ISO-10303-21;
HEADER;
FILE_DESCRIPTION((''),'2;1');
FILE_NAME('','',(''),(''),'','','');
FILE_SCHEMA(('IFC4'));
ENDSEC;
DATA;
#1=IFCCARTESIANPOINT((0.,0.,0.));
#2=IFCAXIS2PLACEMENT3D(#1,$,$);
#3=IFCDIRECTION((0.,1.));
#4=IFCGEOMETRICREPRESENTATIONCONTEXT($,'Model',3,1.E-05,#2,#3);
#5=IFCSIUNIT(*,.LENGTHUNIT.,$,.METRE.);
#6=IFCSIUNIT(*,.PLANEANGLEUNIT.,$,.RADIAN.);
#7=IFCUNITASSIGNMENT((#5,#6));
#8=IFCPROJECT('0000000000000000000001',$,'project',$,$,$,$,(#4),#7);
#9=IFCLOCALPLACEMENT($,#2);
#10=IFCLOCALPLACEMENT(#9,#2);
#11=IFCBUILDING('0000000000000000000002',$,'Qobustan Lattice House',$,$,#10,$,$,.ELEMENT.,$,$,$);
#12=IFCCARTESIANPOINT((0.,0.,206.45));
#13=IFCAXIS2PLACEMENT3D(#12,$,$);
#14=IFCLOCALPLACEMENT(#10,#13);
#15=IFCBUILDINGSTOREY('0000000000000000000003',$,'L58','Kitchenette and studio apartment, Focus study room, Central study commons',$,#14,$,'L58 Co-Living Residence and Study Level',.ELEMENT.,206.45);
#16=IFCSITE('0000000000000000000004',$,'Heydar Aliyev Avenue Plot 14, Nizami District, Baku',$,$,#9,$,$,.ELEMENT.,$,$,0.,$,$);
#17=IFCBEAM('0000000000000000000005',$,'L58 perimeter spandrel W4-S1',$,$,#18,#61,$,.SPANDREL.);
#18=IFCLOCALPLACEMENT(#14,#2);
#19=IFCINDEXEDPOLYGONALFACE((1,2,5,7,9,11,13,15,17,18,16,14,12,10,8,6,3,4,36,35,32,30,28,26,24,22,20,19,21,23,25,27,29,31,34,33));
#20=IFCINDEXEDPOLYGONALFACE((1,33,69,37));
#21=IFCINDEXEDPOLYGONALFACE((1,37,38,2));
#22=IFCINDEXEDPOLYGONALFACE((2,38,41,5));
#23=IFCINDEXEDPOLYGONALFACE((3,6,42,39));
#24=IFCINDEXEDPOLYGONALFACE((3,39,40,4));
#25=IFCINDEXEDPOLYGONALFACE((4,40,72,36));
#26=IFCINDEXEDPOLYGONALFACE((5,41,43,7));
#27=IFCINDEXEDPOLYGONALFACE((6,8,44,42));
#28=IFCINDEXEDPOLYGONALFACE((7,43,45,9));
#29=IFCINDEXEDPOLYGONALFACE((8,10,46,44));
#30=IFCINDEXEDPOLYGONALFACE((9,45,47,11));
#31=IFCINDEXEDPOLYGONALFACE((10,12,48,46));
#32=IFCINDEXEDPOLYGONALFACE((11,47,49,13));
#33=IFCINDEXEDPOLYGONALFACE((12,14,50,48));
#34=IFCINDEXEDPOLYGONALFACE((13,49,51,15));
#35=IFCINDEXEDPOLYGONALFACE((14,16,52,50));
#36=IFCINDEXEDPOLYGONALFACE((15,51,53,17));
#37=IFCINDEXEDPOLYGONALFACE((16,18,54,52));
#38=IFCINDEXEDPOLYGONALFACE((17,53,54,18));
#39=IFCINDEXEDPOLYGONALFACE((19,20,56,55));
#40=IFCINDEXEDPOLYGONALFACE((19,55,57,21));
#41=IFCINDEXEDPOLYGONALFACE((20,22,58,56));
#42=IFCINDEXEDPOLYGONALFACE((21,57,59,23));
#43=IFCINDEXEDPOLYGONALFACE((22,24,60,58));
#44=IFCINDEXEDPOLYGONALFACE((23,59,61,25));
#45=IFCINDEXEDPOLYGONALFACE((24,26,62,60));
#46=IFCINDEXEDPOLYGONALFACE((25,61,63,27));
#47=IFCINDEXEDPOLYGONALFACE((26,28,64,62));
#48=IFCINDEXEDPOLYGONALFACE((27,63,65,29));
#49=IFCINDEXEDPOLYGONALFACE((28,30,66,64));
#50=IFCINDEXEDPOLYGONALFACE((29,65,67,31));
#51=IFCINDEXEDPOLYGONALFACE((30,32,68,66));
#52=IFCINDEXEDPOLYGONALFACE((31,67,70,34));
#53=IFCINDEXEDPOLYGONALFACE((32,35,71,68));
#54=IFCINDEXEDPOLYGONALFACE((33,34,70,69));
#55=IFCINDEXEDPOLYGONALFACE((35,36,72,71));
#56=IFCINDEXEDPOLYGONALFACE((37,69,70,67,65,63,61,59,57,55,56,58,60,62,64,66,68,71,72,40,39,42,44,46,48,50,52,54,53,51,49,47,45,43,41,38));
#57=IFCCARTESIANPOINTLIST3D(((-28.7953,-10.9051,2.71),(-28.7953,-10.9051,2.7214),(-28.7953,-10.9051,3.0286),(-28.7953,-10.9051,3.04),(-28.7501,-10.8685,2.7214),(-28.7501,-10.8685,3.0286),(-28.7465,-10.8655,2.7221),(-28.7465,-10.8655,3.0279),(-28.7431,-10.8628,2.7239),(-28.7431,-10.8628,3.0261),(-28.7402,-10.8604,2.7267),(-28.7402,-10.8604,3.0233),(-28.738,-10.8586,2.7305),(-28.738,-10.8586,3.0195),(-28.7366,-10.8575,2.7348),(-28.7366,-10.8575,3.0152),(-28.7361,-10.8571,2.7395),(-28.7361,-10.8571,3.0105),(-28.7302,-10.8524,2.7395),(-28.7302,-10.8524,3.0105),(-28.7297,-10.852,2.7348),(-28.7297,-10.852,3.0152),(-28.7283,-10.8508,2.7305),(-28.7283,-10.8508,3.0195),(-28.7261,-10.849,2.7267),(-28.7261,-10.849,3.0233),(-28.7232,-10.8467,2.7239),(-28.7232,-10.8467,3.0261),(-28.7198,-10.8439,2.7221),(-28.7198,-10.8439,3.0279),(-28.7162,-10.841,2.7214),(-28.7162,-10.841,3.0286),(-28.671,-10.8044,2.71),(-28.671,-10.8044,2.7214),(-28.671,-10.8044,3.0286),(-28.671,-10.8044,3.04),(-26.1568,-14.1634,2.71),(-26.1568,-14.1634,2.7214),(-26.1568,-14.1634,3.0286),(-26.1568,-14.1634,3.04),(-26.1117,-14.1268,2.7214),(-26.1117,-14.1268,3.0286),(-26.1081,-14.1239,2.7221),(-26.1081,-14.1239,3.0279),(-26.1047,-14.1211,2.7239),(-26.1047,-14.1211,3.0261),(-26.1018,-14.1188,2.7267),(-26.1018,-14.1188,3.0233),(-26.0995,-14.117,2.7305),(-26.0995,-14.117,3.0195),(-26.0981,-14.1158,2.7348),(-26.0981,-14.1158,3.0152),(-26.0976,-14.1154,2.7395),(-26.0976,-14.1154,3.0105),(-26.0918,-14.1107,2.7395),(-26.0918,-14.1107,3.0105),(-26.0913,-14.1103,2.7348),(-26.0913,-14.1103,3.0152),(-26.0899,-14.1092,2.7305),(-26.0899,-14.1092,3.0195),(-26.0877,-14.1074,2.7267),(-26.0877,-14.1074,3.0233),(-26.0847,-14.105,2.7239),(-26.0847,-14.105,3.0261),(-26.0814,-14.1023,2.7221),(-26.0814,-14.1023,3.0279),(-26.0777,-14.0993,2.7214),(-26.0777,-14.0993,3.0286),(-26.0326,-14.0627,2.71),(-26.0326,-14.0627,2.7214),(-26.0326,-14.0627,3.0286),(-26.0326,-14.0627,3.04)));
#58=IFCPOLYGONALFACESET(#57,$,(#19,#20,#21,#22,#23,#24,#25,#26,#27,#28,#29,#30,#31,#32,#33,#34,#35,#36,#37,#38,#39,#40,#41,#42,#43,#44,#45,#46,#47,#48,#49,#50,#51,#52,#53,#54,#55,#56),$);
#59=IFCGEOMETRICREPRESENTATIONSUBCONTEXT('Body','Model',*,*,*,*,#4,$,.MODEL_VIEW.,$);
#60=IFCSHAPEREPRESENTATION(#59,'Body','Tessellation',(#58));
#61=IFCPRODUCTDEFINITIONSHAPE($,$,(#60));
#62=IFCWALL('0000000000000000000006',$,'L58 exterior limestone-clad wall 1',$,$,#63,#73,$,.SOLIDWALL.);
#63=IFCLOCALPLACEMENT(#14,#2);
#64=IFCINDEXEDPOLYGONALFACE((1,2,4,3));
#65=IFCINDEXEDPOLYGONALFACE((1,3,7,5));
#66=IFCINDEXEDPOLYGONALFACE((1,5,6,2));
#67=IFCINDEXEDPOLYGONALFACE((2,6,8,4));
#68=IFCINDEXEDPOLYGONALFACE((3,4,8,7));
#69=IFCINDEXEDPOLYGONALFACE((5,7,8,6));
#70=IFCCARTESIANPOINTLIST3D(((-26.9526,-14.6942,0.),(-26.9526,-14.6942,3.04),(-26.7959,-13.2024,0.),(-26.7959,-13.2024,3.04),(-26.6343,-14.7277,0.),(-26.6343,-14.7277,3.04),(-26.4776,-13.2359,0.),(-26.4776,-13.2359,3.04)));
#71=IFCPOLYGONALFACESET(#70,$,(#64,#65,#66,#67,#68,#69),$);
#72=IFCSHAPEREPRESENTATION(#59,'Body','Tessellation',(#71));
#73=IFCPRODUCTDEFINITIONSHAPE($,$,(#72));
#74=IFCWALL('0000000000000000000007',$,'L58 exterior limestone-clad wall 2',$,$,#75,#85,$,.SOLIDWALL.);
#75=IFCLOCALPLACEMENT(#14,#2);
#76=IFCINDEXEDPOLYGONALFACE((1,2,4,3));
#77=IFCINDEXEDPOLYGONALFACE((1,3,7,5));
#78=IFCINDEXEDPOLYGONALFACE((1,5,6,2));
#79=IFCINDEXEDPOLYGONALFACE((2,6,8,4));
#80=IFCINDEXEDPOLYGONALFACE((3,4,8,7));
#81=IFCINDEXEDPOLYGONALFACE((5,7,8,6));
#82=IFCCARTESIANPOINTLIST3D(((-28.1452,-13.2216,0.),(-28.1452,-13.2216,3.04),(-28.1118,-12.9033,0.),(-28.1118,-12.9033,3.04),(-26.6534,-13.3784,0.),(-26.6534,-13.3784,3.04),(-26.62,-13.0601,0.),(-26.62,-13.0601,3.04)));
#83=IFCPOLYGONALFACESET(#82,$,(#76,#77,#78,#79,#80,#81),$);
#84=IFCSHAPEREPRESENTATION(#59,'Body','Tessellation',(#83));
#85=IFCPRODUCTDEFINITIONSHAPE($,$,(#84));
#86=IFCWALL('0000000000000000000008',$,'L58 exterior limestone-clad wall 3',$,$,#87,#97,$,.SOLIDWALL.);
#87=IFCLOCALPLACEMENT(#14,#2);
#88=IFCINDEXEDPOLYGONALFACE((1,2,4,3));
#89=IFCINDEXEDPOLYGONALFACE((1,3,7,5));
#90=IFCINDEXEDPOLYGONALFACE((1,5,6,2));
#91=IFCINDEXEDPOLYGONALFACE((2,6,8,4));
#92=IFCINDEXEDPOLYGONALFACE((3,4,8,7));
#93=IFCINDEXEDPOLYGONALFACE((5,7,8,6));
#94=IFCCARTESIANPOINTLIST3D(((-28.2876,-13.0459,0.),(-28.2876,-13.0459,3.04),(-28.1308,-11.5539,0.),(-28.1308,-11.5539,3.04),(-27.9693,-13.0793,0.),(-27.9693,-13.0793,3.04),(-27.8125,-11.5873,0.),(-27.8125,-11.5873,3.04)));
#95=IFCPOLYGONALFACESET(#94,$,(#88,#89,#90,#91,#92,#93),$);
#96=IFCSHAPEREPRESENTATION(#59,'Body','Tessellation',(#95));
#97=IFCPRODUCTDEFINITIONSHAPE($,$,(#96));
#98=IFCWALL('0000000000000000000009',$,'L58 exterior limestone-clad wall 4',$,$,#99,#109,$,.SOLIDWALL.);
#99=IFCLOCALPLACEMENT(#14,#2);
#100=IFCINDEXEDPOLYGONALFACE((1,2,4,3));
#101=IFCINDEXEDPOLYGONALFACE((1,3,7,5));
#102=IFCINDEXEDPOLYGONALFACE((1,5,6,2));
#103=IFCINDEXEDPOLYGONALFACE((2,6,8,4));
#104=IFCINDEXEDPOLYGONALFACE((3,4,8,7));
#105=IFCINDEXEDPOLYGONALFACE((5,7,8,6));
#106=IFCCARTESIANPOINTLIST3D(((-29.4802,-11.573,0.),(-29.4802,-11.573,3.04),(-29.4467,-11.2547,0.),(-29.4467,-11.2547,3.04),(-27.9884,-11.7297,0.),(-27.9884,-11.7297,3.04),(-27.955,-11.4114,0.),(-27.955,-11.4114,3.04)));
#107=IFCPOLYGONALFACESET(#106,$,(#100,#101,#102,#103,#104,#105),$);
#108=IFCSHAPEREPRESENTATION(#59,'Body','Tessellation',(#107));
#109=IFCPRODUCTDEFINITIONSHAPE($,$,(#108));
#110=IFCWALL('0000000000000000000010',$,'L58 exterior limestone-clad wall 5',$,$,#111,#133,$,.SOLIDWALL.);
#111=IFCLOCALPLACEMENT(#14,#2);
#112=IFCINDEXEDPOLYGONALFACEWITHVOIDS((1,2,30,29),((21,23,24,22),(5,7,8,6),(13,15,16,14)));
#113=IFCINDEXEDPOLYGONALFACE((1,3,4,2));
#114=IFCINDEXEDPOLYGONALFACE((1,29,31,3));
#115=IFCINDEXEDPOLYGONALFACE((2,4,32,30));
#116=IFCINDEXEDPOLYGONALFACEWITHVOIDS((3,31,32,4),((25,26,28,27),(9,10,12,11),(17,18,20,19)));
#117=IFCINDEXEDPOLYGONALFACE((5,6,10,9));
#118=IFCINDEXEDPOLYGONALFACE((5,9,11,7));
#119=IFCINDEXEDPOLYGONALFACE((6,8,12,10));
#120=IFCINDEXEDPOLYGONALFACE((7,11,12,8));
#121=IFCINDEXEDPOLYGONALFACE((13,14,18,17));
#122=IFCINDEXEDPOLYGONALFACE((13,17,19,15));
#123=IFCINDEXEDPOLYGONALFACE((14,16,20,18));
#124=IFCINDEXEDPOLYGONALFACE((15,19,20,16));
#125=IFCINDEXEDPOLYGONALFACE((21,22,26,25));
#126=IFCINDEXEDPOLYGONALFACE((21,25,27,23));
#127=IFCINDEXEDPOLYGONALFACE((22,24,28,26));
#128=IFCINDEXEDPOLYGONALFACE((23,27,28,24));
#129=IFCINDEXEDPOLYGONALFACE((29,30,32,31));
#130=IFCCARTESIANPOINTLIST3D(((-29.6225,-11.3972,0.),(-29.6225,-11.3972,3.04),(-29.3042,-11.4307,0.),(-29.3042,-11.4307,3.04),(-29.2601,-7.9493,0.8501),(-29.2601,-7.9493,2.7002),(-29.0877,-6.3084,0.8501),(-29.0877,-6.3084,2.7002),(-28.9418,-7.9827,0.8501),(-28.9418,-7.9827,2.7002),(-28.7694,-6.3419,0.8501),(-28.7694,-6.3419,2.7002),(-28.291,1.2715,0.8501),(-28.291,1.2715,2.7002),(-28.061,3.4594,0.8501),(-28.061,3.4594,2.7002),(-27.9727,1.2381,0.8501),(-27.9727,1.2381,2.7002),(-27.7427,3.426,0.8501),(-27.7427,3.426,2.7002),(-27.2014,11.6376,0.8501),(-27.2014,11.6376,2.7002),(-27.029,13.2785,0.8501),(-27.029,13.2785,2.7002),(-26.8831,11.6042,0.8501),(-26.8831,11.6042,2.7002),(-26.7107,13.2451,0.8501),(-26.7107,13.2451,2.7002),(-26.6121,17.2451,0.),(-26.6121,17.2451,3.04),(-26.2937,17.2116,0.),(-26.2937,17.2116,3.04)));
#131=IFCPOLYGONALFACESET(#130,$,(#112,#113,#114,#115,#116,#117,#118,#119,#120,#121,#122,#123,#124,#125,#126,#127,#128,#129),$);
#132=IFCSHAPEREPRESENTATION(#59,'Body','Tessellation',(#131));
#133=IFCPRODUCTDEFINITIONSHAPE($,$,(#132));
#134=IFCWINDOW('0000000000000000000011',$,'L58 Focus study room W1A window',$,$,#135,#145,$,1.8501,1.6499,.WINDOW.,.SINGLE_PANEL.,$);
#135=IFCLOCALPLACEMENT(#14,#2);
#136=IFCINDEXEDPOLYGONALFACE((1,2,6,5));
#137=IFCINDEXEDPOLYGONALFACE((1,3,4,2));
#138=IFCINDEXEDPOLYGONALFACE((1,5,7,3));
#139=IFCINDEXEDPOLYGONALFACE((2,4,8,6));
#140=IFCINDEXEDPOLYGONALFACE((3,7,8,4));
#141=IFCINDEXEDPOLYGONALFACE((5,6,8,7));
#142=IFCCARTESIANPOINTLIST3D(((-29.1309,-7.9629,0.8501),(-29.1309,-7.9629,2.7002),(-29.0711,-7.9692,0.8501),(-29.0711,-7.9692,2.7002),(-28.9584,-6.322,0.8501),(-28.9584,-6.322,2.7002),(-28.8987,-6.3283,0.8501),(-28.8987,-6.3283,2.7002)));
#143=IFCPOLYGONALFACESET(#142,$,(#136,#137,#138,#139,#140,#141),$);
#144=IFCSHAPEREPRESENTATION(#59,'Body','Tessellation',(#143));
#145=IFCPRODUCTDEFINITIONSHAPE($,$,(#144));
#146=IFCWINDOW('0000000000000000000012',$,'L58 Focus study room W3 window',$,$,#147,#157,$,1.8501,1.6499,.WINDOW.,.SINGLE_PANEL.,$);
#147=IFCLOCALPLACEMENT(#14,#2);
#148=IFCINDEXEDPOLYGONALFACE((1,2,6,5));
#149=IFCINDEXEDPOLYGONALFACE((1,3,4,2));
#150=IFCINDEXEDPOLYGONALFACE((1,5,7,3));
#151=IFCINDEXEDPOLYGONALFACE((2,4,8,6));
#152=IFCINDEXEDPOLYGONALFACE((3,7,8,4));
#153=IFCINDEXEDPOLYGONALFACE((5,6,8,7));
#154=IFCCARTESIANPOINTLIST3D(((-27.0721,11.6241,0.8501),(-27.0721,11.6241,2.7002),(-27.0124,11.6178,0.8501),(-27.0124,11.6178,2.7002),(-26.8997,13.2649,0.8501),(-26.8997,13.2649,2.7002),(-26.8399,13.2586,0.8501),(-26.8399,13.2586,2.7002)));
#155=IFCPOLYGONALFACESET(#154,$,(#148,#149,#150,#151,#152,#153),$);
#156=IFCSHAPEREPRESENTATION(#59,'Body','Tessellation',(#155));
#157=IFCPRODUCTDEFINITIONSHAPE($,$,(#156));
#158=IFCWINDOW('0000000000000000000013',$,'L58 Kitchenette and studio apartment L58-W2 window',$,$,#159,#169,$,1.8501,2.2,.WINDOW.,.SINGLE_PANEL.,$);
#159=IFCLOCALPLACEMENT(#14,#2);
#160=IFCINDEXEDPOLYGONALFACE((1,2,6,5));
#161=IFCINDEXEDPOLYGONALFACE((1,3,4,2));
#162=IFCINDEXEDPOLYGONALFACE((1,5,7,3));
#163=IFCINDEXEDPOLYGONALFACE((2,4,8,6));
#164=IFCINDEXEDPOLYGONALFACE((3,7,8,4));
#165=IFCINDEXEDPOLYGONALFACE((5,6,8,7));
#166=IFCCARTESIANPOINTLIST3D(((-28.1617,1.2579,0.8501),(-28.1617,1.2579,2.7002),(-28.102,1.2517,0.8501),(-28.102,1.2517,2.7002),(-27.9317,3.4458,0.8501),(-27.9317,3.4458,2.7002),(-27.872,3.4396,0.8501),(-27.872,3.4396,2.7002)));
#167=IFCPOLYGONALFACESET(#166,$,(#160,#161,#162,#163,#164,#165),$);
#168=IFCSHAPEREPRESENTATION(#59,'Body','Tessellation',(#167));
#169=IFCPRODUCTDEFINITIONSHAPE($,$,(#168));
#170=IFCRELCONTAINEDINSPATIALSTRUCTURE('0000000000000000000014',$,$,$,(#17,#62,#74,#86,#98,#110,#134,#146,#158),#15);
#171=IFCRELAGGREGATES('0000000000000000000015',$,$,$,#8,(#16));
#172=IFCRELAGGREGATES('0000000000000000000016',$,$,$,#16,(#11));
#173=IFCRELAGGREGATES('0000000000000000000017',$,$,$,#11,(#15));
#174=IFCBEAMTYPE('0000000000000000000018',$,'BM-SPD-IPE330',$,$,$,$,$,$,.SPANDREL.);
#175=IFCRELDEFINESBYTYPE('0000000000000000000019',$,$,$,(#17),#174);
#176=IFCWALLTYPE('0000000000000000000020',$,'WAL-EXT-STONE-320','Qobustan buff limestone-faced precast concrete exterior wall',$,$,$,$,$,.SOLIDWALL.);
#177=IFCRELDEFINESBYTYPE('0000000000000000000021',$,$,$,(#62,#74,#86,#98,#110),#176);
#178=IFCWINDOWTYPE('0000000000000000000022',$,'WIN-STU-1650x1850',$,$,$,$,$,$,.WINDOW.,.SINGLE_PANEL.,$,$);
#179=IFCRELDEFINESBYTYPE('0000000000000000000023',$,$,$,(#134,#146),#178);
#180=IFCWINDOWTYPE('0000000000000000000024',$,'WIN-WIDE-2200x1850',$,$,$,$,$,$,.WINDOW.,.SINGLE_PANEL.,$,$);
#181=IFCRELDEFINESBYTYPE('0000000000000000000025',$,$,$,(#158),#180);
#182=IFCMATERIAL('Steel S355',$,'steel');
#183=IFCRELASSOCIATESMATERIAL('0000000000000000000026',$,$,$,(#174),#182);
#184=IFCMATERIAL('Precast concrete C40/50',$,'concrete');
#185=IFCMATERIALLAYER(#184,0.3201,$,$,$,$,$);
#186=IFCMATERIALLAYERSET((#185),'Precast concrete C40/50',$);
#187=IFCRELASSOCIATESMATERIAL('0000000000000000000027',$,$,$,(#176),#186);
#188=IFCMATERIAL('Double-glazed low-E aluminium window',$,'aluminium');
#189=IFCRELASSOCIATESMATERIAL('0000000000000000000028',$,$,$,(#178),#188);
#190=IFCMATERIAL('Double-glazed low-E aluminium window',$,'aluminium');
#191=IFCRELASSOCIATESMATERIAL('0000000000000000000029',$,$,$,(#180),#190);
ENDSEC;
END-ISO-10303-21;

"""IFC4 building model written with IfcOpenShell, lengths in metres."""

from ifc_helpers import new_model, si_unit, direction, frame, frame_2d, origin, origin_2d, place, context, subcontext, project, spatial, rectangle, i_section, extrude, material, layer, layer_set, material_profile, profile_set, type_object, element, fill, save


model = new_model("IFC4")

# Units and contexts
model_context = context("Model", 3, precision=1e-05, world=origin(), true_north=direction((0.0, 1.0)))
body_context = subcontext(model_context, "Body", "Model", "MODEL_VIEW")
ifc_project = project(units=[si_unit("LENGTHUNIT", "METRE"), si_unit("PLANEANGLEUNIT", "RADIAN")], contexts=[model_context])

# Site, building, storey
site_placement = place(None, origin())
site = spatial("IfcSite", under=ifc_project, at=site_placement, Name="Heydar Aliyev Avenue Plot 14, Nizami District, Baku", CompositionType="ELEMENT", RefElevation=0.0)
building_placement = place(site_placement, origin())
building = spatial("IfcBuilding", under=site, at=building_placement, Name="Qobustan Lattice House", CompositionType="ELEMENT")
storey_placement = place(building_placement, frame((0.0, 0.0, 206.45)))
storey = spatial("IfcBuildingStorey", under=building, at=storey_placement, Name="L58", Description="Kitchenette and studio apartment, Focus study room, Central study commons", LongName="L58 Co-Living Residence and Study Level", CompositionType="ELEMENT", Elevation=206.45)

# Beam
ifc_material_1 = material(Name="Steel S355", Category="steel")
ifc_material_profile_1 = material_profile(ifc_material_1, i_section(OverallWidth=0.1599, OverallDepth=0.3301, WebThickness=0.0076, FlangeThickness=0.0115, FilletRadius=0.0181, at=origin_2d()), Name="IPE330")
ifc_profile_set_1 = profile_set([ifc_material_profile_1], Name="Steel S355")
beam_type_1 = type_object("IfcBeamType", Name="BM-SPD-IPE330", PredefinedType="SPANDREL", material=ifc_profile_set_1)
beam_1_placement = place(storey_placement, frame((-28.7332, -10.8547, 2.875), z_axis=(0.629307, -0.777157, 0.0), x_axis=(0.777157, 0.629307, 0.0)))
element("IfcBeam", 1, at=beam_1_placement, inside=storey, type_object=beam_type_1, Name="L58 perimeter spandrel W4-S1", PredefinedType="SPANDREL", context=body_context, shape_type="SweptSolid", body=[
    extrude(i_section(OverallWidth=0.1599, OverallDepth=0.3301, WebThickness=0.0076, FlangeThickness=0.0115, FilletRadius=0.0181, at=origin_2d()), origin(), (0.0, 0.0, 1.0), 4.1926),
])

# Walls
ifc_material_2 = material(Name="Precast concrete C40/50", Category="concrete")
ifc_layer_1 = layer(ifc_material_2, 0.3201)
ifc_layer_set_1 = layer_set([ifc_layer_1], Name="Precast concrete C40/50")
wall_type_1 = type_object("IfcWallType", Name="WAL-EXT-STONE-320", Description="Qobustan buff limestone-faced precast concrete exterior wall", PredefinedType="SOLIDWALL", material=ifc_layer_set_1)
for number, where, z_axis, x_axis, name in (
    (2, (-26.7935, -14.7109, 0.0), (0.0, 0.0, 1.0), (0.104498, 0.994525, 0.0), "L58 exterior limestone-clad wall 1"),
    (3, (-26.6367, -13.2192, 0.0), (0.0, 0.0, 1.0), (-0.994525, 0.104498, 0.0), "L58 exterior limestone-clad wall 2"),
):
    element("IfcWall", number, at=place(storey_placement, frame(where, z_axis=z_axis, x_axis=x_axis)), inside=storey, type_object=wall_type_1, Name=name, PredefinedType="SOLIDWALL", context=body_context, shape_type="SweptSolid", body=[
        extrude(rectangle(XDim=1.5, YDim=0.3201, at=frame_2d((0.75, 0.0))), origin(), (0.0, 0.0, 1.0), 3.04),
    ])
wall_1_placement = place(storey_placement, frame((-28.1284, -13.0625, 0.0), z_axis=(0.0, 0.0, 1.0), x_axis=(0.104481, 0.994527, 0.0)))
element("IfcWall", 4, at=wall_1_placement, inside=storey, type_object=wall_type_1, Name="L58 exterior limestone-clad wall 3", PredefinedType="SOLIDWALL", context=body_context, shape_type="SweptSolid", body=[
    extrude(rectangle(XDim=1.5002, YDim=0.3201, at=frame_2d((0.75, 0.0))), origin(), (0.0, 0.0, 1.0), 3.04),
])
wall_2_placement = place(storey_placement, frame((-27.9717, -11.5706, 0.0), z_axis=(0.0, 0.0, 1.0), x_axis=(-0.994525, 0.104498, 0.0)))
element("IfcWall", 5, at=wall_2_placement, inside=storey, type_object=wall_type_1, Name="L58 exterior limestone-clad wall 4", PredefinedType="SOLIDWALL", context=body_context, shape_type="SweptSolid", body=[
    extrude(rectangle(XDim=1.5, YDim=0.3201, at=frame_2d((0.75, 0.0))), origin(), (0.0, 0.0, 1.0), 3.04),
])

# Wall, openings, windows
wall_3_placement = place(storey_placement, frame((-29.4634, -11.4138, 0.0), z_axis=(0.0, 0.0, 1.0), x_axis=(0.104531, 0.994522, 0.0)))
wall_3 = element("IfcWall", 6, at=wall_3_placement, inside=storey, type_object=wall_type_1, Name="L58 exterior limestone-clad wall 5", PredefinedType="SOLIDWALL", context=body_context, shape_type="SweptSolid", body=[
    extrude(rectangle(XDim=28.8, YDim=0.3201, at=frame_2d((14.3999, 0.0))), origin(), (0.0, 0.0, 1.0), 3.04),
])
opening_1_placement = place(wall_3_placement, frame((3.4668, 0.0, 0.8501)))
opening_1 = element("IfcOpeningElement", 7, at=opening_1_placement, cuts=wall_3, PredefinedType="OPENING", context=body_context, shape_type="SweptSolid", body=[
    extrude(rectangle(XDim=1.6499, YDim=1.8501, at=frame_2d((0.825, 0.925))), frame((0.0, 0.1699, 0.0), z_axis=(0.0, -1.0, 0.0), x_axis=(1.0, 0.0, 0.0)), (0.0, 0.0, 1.0), 0.3401),
])
opening_2_placement = place(wall_3_placement, frame((12.7383, 0.0, 0.8501)))
opening_2 = element("IfcOpeningElement", 8, at=opening_2_placement, cuts=wall_3, PredefinedType="OPENING", context=body_context, shape_type="SweptSolid", body=[
    extrude(rectangle(XDim=2.2, YDim=1.8501, at=frame_2d((1.1001, 0.925))), frame((0.0, 0.1699, 0.0), z_axis=(0.0, -1.0, 0.0), x_axis=(1.0, 0.0, 0.0)), (0.0, 0.0, 1.0), 0.3401),
])
opening_3_placement = place(wall_3_placement, frame((23.1616, 0.0, 0.8501)))
opening_3 = element("IfcOpeningElement", 9, at=opening_3_placement, cuts=wall_3, PredefinedType="OPENING", context=body_context, shape_type="SweptSolid", body=[
    extrude(rectangle(XDim=1.6499, YDim=1.8501, at=frame_2d((0.825, 0.925))), frame((0.0, 0.1699, 0.0), z_axis=(0.0, -1.0, 0.0), x_axis=(1.0, 0.0, 0.0)), (0.0, 0.0, 1.0), 0.3401),
])
ifc_material_3 = material(Name="Double-glazed low-E aluminium window", Category="aluminium")
window_type_1 = type_object("IfcWindowType", Name="WIN-STU-1650x1850", PartitioningType="SINGLE_PANEL", PredefinedType="WINDOW", material=ifc_material_3)
window_1_placement = place(opening_1_placement, origin())
window_1 = element("IfcWindow", 10, at=window_1_placement, inside=storey, type_object=window_type_1, Name="L58 Focus study room W1A window", OverallHeight=1.8501, OverallWidth=1.6499, PartitioningType="SINGLE_PANEL", PredefinedType="WINDOW", context=body_context, shape_type="SweptSolid", body=[
    extrude(rectangle(XDim=1.6499, YDim=1.8501, at=frame_2d((0.825, 0.925))), frame((0.0, 0.03, 0.0), z_axis=(0.0, -1.0, 0.0), x_axis=(1.0, 0.0, 0.0)), (0.0, 0.0, 1.0), 0.0601),
])
fill(opening_1, window_1)
window_2_placement = place(opening_3_placement, origin())
window_2 = element("IfcWindow", 11, at=window_2_placement, inside=storey, type_object=window_type_1, Name="L58 Focus study room W3 window", OverallHeight=1.8501, OverallWidth=1.6499, PartitioningType="SINGLE_PANEL", PredefinedType="WINDOW", context=body_context, shape_type="SweptSolid", body=[
    extrude(rectangle(XDim=1.6499, YDim=1.8501, at=frame_2d((0.825, 0.925))), frame((0.0, 0.03, 0.0), z_axis=(0.0, -1.0, 0.0), x_axis=(1.0, 0.0, 0.0)), (0.0, 0.0, 1.0), 0.0601),
])
fill(opening_3, window_2)
ifc_material_4 = material(Name="Double-glazed low-E aluminium window", Category="aluminium")
window_type_2 = type_object("IfcWindowType", Name="WIN-WIDE-2200x1850", PartitioningType="SINGLE_PANEL", PredefinedType="WINDOW", material=ifc_material_4)
window_3_placement = place(opening_2_placement, origin())
window_3 = element("IfcWindow", 12, at=window_3_placement, inside=storey, type_object=window_type_2, Name="L58 Kitchenette and studio apartment L58-W2 window", OverallHeight=1.8501, OverallWidth=2.2, PartitioningType="SINGLE_PANEL", PredefinedType="WINDOW", context=body_context, shape_type="SweptSolid", body=[
    extrude(rectangle(XDim=2.2, YDim=1.8501, at=frame_2d((1.1001, 0.925))), frame((0.0, 0.03, 0.0), z_axis=(0.0, -1.0, 0.0), x_axis=(1.0, 0.0, 0.0)), (0.0, 0.0, 1.0), 0.0601),
])
fill(opening_2, window_3)

save(model, "model.ifc")
